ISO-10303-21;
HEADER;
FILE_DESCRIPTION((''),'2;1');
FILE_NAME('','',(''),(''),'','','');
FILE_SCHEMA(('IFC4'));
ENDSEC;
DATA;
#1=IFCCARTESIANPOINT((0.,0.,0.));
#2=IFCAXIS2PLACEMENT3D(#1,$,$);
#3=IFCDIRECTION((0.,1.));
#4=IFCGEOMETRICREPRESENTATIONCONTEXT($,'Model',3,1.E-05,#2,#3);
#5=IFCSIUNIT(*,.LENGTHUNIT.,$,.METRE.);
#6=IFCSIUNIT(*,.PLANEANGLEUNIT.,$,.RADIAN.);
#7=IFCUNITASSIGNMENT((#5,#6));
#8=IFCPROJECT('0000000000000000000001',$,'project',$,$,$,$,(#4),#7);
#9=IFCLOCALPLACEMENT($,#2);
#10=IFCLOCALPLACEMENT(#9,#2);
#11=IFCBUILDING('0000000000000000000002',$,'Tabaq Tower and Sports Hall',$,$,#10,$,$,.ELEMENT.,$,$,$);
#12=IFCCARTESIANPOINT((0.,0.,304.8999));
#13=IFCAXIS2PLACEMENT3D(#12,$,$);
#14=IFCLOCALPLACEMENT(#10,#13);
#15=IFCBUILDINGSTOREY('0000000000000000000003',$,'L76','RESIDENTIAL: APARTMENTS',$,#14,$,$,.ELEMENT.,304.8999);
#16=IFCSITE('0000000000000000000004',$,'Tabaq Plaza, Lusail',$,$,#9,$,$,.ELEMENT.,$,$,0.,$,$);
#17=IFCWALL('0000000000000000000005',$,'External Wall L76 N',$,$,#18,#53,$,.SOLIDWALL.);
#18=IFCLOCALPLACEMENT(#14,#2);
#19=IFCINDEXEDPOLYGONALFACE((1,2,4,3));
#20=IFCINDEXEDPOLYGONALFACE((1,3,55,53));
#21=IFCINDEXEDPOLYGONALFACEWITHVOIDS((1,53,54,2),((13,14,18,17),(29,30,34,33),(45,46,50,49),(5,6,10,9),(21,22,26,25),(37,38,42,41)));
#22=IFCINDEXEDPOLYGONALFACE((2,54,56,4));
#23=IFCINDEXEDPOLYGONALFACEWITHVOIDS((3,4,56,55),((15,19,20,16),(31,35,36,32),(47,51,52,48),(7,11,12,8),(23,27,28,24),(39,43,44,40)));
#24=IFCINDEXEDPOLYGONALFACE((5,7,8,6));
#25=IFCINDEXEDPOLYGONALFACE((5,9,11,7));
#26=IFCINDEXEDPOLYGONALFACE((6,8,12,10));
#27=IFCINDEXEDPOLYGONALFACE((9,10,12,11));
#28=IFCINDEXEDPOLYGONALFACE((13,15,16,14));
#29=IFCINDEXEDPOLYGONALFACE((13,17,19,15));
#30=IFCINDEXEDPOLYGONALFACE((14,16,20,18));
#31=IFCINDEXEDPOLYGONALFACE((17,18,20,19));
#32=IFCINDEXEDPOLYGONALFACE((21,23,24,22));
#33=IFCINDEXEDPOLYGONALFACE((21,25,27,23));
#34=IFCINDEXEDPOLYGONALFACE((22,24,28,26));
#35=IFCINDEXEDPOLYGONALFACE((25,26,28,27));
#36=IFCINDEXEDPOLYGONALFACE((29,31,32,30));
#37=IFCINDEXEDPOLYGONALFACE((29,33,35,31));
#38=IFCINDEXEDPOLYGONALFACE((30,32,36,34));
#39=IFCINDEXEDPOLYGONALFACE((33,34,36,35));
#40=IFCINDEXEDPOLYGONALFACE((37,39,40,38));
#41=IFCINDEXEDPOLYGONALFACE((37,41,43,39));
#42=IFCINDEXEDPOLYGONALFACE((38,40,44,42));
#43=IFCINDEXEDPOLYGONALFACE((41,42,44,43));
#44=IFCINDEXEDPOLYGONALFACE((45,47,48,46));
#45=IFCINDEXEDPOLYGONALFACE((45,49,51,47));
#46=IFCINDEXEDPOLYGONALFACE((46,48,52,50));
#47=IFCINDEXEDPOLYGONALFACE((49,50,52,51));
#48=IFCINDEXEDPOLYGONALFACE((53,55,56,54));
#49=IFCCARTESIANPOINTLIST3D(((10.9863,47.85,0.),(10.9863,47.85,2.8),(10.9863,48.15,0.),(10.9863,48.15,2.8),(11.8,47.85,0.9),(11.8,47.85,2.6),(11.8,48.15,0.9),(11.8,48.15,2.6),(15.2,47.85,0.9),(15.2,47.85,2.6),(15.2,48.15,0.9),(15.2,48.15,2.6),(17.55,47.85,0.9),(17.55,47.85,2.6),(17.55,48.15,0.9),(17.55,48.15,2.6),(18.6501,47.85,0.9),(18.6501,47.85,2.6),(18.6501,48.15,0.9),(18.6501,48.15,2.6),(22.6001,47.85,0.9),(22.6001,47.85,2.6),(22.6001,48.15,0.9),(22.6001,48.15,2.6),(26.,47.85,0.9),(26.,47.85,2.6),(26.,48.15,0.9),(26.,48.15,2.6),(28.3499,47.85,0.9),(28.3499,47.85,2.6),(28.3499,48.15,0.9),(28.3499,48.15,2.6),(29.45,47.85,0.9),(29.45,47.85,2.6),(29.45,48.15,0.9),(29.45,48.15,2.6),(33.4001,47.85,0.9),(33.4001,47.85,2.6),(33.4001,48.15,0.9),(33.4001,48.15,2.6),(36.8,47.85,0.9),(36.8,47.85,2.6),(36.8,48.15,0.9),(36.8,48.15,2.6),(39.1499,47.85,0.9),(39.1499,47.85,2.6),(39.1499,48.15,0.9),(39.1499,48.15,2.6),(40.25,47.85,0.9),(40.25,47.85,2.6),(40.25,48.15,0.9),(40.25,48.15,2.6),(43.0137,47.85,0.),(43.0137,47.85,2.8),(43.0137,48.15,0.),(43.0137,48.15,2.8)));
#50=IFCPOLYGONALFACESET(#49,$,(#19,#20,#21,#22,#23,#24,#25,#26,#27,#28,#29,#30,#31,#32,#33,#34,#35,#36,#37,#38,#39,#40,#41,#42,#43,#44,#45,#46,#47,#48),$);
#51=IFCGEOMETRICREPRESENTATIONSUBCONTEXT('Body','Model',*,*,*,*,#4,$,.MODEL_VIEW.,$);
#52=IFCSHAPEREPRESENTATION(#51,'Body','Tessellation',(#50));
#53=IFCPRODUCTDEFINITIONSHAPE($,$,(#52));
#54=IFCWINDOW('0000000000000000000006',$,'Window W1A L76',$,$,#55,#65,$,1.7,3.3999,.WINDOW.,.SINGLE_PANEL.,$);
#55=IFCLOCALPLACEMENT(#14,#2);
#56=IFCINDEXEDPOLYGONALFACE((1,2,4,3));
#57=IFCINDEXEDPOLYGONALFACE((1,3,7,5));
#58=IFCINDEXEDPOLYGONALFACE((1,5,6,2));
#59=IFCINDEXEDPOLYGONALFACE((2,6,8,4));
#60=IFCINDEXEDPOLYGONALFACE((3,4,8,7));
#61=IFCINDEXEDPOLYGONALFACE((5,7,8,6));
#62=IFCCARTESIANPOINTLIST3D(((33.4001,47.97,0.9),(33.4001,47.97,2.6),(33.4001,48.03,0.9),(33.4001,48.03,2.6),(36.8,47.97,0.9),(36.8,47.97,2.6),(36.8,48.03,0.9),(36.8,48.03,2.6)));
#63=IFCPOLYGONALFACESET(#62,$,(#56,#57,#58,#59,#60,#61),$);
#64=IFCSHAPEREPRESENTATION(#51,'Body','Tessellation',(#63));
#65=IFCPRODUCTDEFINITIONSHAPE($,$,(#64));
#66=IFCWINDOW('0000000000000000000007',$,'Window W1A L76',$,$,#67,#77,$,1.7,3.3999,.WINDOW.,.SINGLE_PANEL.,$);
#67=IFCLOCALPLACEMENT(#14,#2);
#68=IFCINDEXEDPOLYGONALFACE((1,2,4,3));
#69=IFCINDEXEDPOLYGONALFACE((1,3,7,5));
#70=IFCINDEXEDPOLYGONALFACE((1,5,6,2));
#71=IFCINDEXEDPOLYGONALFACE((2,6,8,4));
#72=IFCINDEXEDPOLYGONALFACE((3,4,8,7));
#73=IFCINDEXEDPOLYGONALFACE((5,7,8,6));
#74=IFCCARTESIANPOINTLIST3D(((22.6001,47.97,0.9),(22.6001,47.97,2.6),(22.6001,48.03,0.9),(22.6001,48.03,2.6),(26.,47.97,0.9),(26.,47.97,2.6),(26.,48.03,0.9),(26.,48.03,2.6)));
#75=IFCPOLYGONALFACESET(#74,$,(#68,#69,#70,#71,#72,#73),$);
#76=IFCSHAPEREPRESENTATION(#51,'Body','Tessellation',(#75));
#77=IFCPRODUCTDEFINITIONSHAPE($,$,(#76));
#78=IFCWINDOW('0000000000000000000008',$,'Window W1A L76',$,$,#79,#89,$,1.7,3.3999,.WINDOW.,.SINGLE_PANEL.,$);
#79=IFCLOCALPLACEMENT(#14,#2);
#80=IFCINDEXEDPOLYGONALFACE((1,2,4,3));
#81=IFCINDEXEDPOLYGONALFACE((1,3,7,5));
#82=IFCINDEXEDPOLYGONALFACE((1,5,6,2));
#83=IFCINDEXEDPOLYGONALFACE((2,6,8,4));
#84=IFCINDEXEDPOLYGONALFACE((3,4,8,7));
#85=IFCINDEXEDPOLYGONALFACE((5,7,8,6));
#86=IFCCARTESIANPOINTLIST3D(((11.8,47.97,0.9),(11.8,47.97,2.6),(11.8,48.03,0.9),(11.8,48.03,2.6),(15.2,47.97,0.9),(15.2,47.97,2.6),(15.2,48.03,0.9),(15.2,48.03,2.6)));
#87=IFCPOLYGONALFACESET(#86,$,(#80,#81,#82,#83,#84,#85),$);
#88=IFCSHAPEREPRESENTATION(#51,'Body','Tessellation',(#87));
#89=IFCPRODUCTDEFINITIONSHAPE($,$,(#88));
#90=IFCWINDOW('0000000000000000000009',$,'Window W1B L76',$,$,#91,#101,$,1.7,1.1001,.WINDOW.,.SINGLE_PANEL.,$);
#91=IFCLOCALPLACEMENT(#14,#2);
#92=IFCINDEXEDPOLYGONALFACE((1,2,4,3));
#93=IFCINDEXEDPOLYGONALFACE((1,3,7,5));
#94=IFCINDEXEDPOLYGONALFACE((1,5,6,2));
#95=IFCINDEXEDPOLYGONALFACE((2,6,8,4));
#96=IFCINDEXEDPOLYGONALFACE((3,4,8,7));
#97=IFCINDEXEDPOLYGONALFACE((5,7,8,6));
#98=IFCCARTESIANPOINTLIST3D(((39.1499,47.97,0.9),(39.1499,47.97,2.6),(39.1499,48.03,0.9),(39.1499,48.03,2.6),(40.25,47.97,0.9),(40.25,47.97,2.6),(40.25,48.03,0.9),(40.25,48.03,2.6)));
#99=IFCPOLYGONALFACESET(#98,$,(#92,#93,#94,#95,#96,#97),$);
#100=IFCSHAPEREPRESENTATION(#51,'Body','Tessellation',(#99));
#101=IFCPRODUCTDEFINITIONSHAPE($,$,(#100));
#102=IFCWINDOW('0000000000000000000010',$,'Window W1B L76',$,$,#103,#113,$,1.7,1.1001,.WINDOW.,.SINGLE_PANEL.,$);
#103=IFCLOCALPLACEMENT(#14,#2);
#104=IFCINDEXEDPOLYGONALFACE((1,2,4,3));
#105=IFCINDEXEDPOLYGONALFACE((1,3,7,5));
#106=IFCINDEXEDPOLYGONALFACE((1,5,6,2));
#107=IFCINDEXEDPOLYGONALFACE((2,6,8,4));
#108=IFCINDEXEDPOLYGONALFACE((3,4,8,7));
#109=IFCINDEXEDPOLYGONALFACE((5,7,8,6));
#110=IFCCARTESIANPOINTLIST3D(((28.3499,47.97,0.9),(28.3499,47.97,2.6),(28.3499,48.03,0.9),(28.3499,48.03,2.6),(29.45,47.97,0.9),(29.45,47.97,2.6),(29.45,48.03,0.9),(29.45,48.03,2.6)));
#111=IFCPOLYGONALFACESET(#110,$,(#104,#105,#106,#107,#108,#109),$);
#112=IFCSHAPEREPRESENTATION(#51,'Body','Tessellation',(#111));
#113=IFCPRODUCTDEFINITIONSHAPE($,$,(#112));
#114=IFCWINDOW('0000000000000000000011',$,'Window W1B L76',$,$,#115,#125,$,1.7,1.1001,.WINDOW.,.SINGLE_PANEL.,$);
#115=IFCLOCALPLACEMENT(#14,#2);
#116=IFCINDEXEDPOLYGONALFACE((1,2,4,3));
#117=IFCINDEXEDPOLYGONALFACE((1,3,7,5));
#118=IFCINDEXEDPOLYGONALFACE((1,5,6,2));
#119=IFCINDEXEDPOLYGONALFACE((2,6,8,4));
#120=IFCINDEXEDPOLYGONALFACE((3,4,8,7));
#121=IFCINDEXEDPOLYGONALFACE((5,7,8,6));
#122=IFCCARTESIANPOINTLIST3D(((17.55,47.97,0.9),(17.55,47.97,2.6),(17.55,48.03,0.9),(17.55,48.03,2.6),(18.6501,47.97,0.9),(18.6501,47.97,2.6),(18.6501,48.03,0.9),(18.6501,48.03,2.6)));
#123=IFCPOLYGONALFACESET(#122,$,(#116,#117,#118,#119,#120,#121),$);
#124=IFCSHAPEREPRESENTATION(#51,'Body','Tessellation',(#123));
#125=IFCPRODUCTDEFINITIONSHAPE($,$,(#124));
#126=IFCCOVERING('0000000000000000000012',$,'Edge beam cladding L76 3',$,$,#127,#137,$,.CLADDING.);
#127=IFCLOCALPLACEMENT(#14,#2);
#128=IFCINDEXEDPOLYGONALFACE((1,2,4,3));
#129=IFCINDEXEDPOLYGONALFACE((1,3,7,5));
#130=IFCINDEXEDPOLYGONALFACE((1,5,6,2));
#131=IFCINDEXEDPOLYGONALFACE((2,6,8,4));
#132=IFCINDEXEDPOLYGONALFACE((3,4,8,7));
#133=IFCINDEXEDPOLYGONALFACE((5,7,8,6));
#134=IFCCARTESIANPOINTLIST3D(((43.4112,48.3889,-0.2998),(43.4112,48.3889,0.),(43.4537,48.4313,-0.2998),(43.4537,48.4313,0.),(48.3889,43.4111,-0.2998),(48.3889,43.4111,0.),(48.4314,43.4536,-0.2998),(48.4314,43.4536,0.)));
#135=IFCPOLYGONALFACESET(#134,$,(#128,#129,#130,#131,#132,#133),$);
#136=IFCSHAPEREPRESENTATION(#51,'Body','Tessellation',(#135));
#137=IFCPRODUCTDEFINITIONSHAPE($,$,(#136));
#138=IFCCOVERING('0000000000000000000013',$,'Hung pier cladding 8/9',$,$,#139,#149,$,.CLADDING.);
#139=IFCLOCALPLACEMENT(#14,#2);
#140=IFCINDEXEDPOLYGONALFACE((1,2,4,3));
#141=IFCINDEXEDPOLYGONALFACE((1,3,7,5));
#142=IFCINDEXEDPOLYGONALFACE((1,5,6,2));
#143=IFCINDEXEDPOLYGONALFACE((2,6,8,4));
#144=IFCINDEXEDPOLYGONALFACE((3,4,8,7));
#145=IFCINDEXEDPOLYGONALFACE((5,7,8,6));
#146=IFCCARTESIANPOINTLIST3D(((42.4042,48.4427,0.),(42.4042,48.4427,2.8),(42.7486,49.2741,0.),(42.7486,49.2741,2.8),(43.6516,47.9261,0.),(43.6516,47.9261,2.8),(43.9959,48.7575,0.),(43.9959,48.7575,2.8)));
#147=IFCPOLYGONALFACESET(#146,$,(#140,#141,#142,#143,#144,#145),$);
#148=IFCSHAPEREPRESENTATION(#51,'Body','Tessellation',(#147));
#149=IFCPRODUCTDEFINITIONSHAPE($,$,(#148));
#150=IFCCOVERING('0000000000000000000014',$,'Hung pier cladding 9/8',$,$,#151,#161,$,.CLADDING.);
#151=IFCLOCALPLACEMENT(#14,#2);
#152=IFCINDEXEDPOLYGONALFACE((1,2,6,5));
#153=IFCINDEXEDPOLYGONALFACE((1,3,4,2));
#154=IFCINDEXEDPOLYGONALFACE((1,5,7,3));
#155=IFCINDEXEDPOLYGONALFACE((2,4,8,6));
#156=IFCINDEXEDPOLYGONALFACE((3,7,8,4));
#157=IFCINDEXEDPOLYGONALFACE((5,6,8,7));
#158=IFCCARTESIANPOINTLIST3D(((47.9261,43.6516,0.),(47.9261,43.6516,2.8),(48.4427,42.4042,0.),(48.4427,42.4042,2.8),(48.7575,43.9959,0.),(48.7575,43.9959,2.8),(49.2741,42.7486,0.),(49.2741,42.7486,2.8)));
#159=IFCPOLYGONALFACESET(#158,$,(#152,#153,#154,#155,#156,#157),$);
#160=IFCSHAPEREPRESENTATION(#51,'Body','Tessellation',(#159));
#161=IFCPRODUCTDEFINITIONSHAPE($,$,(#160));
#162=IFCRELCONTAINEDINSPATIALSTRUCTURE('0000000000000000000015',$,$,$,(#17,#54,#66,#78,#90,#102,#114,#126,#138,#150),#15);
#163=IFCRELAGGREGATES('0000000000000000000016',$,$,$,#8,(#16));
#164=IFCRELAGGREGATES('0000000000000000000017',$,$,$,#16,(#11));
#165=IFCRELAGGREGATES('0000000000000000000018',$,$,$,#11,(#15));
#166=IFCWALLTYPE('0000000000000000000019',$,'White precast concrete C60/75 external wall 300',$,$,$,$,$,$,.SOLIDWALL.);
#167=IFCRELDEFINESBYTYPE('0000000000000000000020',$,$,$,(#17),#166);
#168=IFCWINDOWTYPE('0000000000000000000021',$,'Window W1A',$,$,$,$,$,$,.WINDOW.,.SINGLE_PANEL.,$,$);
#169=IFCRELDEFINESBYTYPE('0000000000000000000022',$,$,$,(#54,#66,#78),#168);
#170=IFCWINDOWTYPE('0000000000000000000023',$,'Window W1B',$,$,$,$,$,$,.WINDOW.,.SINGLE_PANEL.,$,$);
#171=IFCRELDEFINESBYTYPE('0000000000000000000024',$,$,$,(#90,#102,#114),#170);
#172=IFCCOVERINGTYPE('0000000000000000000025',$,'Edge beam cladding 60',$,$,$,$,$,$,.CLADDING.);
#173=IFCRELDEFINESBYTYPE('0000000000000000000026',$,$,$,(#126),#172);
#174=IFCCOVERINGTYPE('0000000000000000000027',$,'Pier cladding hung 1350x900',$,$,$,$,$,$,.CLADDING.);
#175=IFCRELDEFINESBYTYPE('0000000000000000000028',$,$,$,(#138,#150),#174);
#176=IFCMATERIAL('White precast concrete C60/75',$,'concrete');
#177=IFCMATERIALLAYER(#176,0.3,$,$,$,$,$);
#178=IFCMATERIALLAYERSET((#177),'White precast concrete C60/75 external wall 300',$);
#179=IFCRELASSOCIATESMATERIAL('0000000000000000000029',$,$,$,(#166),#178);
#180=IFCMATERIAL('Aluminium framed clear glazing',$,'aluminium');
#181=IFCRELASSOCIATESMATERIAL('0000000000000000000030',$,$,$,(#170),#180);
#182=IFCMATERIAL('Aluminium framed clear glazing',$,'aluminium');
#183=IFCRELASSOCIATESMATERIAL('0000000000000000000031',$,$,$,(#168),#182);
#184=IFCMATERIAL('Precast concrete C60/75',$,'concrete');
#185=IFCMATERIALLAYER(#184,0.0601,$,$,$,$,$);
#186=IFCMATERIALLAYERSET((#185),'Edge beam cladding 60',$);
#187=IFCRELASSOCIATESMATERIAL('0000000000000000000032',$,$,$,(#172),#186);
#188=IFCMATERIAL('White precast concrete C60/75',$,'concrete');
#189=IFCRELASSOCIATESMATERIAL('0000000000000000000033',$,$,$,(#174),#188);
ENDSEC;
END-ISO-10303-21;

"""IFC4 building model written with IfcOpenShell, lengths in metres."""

from ifc_helpers import new_model, si_unit, direction, frame, frame_2d, origin, place, context, subcontext, project, spatial, rectangle, extrude, material, layer, layer_set, type_object, element, fill, save


model = new_model("IFC4")

# Units and contexts
model_context = context("Model", 3, precision=1e-05, world=origin(), true_north=direction((0.0, 1.0)))
body_context = subcontext(model_context, "Body", "Model", "MODEL_VIEW")
ifc_project = project(units=[si_unit("LENGTHUNIT", "METRE"), si_unit("PLANEANGLEUNIT", "RADIAN")], contexts=[model_context])

# Site, building, storey
site_placement = place(None, origin())
site = spatial("IfcSite", under=ifc_project, at=site_placement, Name="Tabaq Plaza, Lusail", CompositionType="ELEMENT", RefElevation=0.0)
building_placement = place(site_placement, origin())
building = spatial("IfcBuilding", under=site, at=building_placement, Name="Tabaq Tower and Sports Hall", CompositionType="ELEMENT")
storey_placement = place(building_placement, frame((0.0, 0.0, 304.8999)))
storey = spatial("IfcBuildingStorey", under=building, at=storey_placement, Name="L76", Description="RESIDENTIAL: APARTMENTS", CompositionType="ELEMENT", Elevation=304.8999)

# Wall, openings, windows
ifc_material_1 = material(Name="White precast concrete C60/75", Category="concrete")
ifc_layer_1 = layer(ifc_material_1, 0.3)
ifc_layer_set_1 = layer_set([ifc_layer_1], Name="White precast concrete C60/75 external wall 300")
wall_type_1 = type_object("IfcWallType", Name="White precast concrete C60/75 external wall 300", PredefinedType="SOLIDWALL", material=ifc_layer_set_1)
ifc_material_2 = material(Name="Aluminium framed clear glazing", Category="aluminium")
window_type_1 = type_object("IfcWindowType", Name="Window W1B", PartitioningType="SINGLE_PANEL", PredefinedType="WINDOW", material=ifc_material_2)
wall_1_placement = place(storey_placement, frame((43.0137, 48.0, 0.0), z_axis=(0.0, 0.0, 1.0), x_axis=(-1.0, 0.0, 0.0)))
wall_1 = element("IfcWall", 1, at=wall_1_placement, inside=storey, type_object=wall_type_1, Name="External Wall L76 N", PredefinedType="SOLIDWALL", context=body_context, shape_type="SweptSolid", body=[
    extrude(rectangle(XDim=32.0273, YDim=0.3, at=frame_2d((16.0137, 0.0))), origin(), (0.0, 0.0, 1.0), 2.8),
])
opening_1_placement = place(wall_1_placement, frame((2.7637, 0.0, 0.8999)))
opening_1 = element("IfcOpeningElement", 2, at=opening_1_placement, cuts=wall_1, PredefinedType="OPENING", context=body_context, shape_type="SweptSolid", body=[
    extrude(rectangle(XDim=1.1001, YDim=1.7, at=frame_2d((0.55, 0.8501))), frame((0.0, 0.1602, 0.0), z_axis=(0.0, -1.0, 0.0), x_axis=(1.0, 0.0, 0.0)), (0.0, 0.0, 1.0), 0.3201),
])
opening_2_placement = place(wall_1_placement, frame((6.2136, 0.0, 0.8999)))
opening_2 = element("IfcOpeningElement", 3, at=opening_2_placement, cuts=wall_1, PredefinedType="OPENING", context=body_context, shape_type="SweptSolid", body=[
    extrude(rectangle(XDim=3.3999, YDim=1.7, at=frame_2d((1.7, 0.8501))), frame((0.0, 0.1602, 0.0), z_axis=(0.0, -1.0, 0.0), x_axis=(1.0, 0.0, 0.0)), (0.0, 0.0, 1.0), 0.3201),
])
opening_3_placement = place(wall_1_placement, frame((13.5637, 0.0, 0.8999)))
opening_3 = element("IfcOpeningElement", 4, at=opening_3_placement, cuts=wall_1, PredefinedType="OPENING", context=body_context, shape_type="SweptSolid", body=[
    extrude(rectangle(XDim=1.1001, YDim=1.7, at=frame_2d((0.55, 0.8501))), frame((0.0, 0.1602, 0.0), z_axis=(0.0, -1.0, 0.0), x_axis=(1.0, 0.0, 0.0)), (0.0, 0.0, 1.0), 0.3201),
])
opening_4_placement = place(wall_1_placement, frame((17.0137, 0.0, 0.8999)))
opening_4 = element("IfcOpeningElement", 5, at=opening_4_placement, cuts=wall_1, PredefinedType="OPENING", context=body_context, shape_type="SweptSolid", body=[
    extrude(rectangle(XDim=3.3999, YDim=1.7, at=frame_2d((1.7, 0.8501))), frame((0.0, 0.1602, 0.0), z_axis=(0.0, -1.0, 0.0), x_axis=(1.0, 0.0, 0.0)), (0.0, 0.0, 1.0), 0.3201),
])
opening_5_placement = place(wall_1_placement, frame((24.3635, 0.0, 0.8999)))
opening_5 = element("IfcOpeningElement", 6, at=opening_5_placement, cuts=wall_1, PredefinedType="OPENING", context=body_context, shape_type="SweptSolid", body=[
    extrude(rectangle(XDim=1.1001, YDim=1.7, at=frame_2d((0.55, 0.8501))), frame((0.0, 0.1602, 0.0), z_axis=(0.0, -1.0, 0.0), x_axis=(1.0, 0.0, 0.0)), (0.0, 0.0, 1.0), 0.3201),
])
opening_6_placement = place(wall_1_placement, frame((27.8137, 0.0, 0.8999)))
opening_6 = element("IfcOpeningElement", 7, at=opening_6_placement, cuts=wall_1, PredefinedType="OPENING", context=body_context, shape_type="SweptSolid", body=[
    extrude(rectangle(XDim=3.3999, YDim=1.7, at=frame_2d((1.7, 0.8501))), frame((0.0, 0.1602, 0.0), z_axis=(0.0, -1.0, 0.0), x_axis=(1.0, 0.0, 0.0)), (0.0, 0.0, 1.0), 0.3201),
])
ifc_material_3 = material(Name="Aluminium framed clear glazing", Category="aluminium")
window_type_2 = type_object("IfcWindowType", Name="Window W1A", PartitioningType="SINGLE_PANEL", PredefinedType="WINDOW", material=ifc_material_3)
window_1_placement = place(opening_2_placement, origin())
window_1 = element("IfcWindow", 8, at=window_1_placement, inside=storey, type_object=window_type_2, Name="Window W1A L76", OverallHeight=1.7, OverallWidth=3.3999, PartitioningType="SINGLE_PANEL", PredefinedType="WINDOW", context=body_context, shape_type="SweptSolid", body=[
    extrude(rectangle(XDim=3.3999, YDim=1.7, at=frame_2d((1.7, 0.8501))), frame((0.0, 0.03, 0.0), z_axis=(0.0, -1.0, 0.0), x_axis=(1.0, 0.0, 0.0)), (0.0, 0.0, 1.0), 0.0601),
])
fill(opening_2, window_1)
window_2_placement = place(opening_4_placement, origin())
window_2 = element("IfcWindow", 9, at=window_2_placement, inside=storey, type_object=window_type_2, Name="Window W1A L76", OverallHeight=1.7, OverallWidth=3.3999, PartitioningType="SINGLE_PANEL", PredefinedType="WINDOW", context=body_context, shape_type="SweptSolid", body=[
    extrude(rectangle(XDim=3.3999, YDim=1.7, at=frame_2d((1.7, 0.8501))), frame((0.0, 0.03, 0.0), z_axis=(0.0, -1.0, 0.0), x_axis=(1.0, 0.0, 0.0)), (0.0, 0.0, 1.0), 0.0601),
])
fill(opening_4, window_2)
window_3_placement = place(opening_6_placement, origin())
window_3 = element("IfcWindow", 10, at=window_3_placement, inside=storey, type_object=window_type_2, Name="Window W1A L76", OverallHeight=1.7, OverallWidth=3.3999, PartitioningType="SINGLE_PANEL", PredefinedType="WINDOW", context=body_context, shape_type="SweptSolid", body=[
    extrude(rectangle(XDim=3.3999, YDim=1.7, at=frame_2d((1.7, 0.8501))), frame((0.0, 0.03, 0.0), z_axis=(0.0, -1.0, 0.0), x_axis=(1.0, 0.0, 0.0)), (0.0, 0.0, 1.0), 0.0601),
])
fill(opening_6, window_3)
window_4_placement = place(opening_1_placement, origin())
window_4 = element("IfcWindow", 11, at=window_4_placement, inside=storey, type_object=window_type_1, Name="Window W1B L76", OverallHeight=1.7, OverallWidth=1.1001, PartitioningType="SINGLE_PANEL", PredefinedType="WINDOW", context=body_context, shape_type="SweptSolid", body=[
    extrude(rectangle(XDim=1.1001, YDim=1.7, at=frame_2d((0.55, 0.8501))), frame((0.0, 0.03, 0.0), z_axis=(0.0, -1.0, 0.0), x_axis=(1.0, 0.0, 0.0)), (0.0, 0.0, 1.0), 0.0601),
])
fill(opening_1, window_4)
window_5_placement = place(opening_3_placement, origin())
window_5 = element("IfcWindow", 12, at=window_5_placement, inside=storey, type_object=window_type_1, Name="Window W1B L76", OverallHeight=1.7, OverallWidth=1.1001, PartitioningType="SINGLE_PANEL", PredefinedType="WINDOW", context=body_context, shape_type="SweptSolid", body=[
    extrude(rectangle(XDim=1.1001, YDim=1.7, at=frame_2d((0.55, 0.8501))), frame((0.0, 0.03, 0.0), z_axis=(0.0, -1.0, 0.0), x_axis=(1.0, 0.0, 0.0)), (0.0, 0.0, 1.0), 0.0601),
])
fill(opening_3, window_5)
window_6_placement = place(opening_5_placement, origin())
window_6 = element("IfcWindow", 13, at=window_6_placement, inside=storey, type_object=window_type_1, Name="Window W1B L76", OverallHeight=1.7, OverallWidth=1.1001, PartitioningType="SINGLE_PANEL", PredefinedType="WINDOW", context=body_context, shape_type="SweptSolid", body=[
    extrude(rectangle(XDim=1.1001, YDim=1.7, at=frame_2d((0.55, 0.8501))), frame((0.0, 0.03, 0.0), z_axis=(0.0, -1.0, 0.0), x_axis=(1.0, 0.0, 0.0)), (0.0, 0.0, 1.0), 0.0601),
])
fill(opening_5, window_6)

# Coverings
ifc_material_4 = material(Name="Precast concrete C60/75", Category="concrete")
ifc_layer_2 = layer(ifc_material_4, 0.0601)
ifc_layer_set_2 = layer_set([ifc_layer_2], Name="Edge beam cladding 60")
covering_type_1 = type_object("IfcCoveringType", Name="Edge beam cladding 60", PredefinedType="CLADDING", material=ifc_layer_set_2)
covering_1_placement = place(storey_placement, frame((48.4102, 43.4324, -0.2998), z_axis=(0.0, 0.0, 1.0), x_axis=(-0.707107, 0.707107, 0.0)))
element("IfcCovering", 14, at=covering_1_placement, inside=storey, type_object=covering_type_1, Name="Edge beam cladding L76 3", PredefinedType="CLADDING", context=body_context, shape_type="SweptSolid", body=[
    extrude(rectangle(XDim=7.0396, YDim=0.0601, at=frame_2d((3.5198, 0.0))), origin(), (0.0, 0.0, 1.0), 0.2998),
])
ifc_material_5 = material(Name="White precast concrete C60/75", Category="concrete")
covering_type_2 = type_object("IfcCoveringType", Name="Pier cladding hung 1350x900", PredefinedType="CLADDING", material=ifc_material_5)
for number, where, z_axis, x_axis, name in (
    (15, (43.8237, 48.3418, 0.0), (0.0, 0.0, 1.0), (-0.923893, 0.38265, 0.0), "Hung pier cladding 8/9"),
    (16, (48.8584, 42.5764, 0.0), (0.0, 0.0, 1.0), (-0.38265, 0.923893, 0.0), "Hung pier cladding 9/8"),
):
    element("IfcCovering", number, at=place(storey_placement, frame(where, z_axis=z_axis, x_axis=x_axis)), inside=storey, type_object=covering_type_2, Name=name, PredefinedType="CLADDING", context=body_context, shape_type="SweptSolid", body=[
        extrude(rectangle(XDim=1.3501, YDim=0.8999, at=frame_2d((0.675, 0.0))), origin(), (0.0, 0.0, 1.0), 2.8),
    ])

save(model, "model.ifc")
